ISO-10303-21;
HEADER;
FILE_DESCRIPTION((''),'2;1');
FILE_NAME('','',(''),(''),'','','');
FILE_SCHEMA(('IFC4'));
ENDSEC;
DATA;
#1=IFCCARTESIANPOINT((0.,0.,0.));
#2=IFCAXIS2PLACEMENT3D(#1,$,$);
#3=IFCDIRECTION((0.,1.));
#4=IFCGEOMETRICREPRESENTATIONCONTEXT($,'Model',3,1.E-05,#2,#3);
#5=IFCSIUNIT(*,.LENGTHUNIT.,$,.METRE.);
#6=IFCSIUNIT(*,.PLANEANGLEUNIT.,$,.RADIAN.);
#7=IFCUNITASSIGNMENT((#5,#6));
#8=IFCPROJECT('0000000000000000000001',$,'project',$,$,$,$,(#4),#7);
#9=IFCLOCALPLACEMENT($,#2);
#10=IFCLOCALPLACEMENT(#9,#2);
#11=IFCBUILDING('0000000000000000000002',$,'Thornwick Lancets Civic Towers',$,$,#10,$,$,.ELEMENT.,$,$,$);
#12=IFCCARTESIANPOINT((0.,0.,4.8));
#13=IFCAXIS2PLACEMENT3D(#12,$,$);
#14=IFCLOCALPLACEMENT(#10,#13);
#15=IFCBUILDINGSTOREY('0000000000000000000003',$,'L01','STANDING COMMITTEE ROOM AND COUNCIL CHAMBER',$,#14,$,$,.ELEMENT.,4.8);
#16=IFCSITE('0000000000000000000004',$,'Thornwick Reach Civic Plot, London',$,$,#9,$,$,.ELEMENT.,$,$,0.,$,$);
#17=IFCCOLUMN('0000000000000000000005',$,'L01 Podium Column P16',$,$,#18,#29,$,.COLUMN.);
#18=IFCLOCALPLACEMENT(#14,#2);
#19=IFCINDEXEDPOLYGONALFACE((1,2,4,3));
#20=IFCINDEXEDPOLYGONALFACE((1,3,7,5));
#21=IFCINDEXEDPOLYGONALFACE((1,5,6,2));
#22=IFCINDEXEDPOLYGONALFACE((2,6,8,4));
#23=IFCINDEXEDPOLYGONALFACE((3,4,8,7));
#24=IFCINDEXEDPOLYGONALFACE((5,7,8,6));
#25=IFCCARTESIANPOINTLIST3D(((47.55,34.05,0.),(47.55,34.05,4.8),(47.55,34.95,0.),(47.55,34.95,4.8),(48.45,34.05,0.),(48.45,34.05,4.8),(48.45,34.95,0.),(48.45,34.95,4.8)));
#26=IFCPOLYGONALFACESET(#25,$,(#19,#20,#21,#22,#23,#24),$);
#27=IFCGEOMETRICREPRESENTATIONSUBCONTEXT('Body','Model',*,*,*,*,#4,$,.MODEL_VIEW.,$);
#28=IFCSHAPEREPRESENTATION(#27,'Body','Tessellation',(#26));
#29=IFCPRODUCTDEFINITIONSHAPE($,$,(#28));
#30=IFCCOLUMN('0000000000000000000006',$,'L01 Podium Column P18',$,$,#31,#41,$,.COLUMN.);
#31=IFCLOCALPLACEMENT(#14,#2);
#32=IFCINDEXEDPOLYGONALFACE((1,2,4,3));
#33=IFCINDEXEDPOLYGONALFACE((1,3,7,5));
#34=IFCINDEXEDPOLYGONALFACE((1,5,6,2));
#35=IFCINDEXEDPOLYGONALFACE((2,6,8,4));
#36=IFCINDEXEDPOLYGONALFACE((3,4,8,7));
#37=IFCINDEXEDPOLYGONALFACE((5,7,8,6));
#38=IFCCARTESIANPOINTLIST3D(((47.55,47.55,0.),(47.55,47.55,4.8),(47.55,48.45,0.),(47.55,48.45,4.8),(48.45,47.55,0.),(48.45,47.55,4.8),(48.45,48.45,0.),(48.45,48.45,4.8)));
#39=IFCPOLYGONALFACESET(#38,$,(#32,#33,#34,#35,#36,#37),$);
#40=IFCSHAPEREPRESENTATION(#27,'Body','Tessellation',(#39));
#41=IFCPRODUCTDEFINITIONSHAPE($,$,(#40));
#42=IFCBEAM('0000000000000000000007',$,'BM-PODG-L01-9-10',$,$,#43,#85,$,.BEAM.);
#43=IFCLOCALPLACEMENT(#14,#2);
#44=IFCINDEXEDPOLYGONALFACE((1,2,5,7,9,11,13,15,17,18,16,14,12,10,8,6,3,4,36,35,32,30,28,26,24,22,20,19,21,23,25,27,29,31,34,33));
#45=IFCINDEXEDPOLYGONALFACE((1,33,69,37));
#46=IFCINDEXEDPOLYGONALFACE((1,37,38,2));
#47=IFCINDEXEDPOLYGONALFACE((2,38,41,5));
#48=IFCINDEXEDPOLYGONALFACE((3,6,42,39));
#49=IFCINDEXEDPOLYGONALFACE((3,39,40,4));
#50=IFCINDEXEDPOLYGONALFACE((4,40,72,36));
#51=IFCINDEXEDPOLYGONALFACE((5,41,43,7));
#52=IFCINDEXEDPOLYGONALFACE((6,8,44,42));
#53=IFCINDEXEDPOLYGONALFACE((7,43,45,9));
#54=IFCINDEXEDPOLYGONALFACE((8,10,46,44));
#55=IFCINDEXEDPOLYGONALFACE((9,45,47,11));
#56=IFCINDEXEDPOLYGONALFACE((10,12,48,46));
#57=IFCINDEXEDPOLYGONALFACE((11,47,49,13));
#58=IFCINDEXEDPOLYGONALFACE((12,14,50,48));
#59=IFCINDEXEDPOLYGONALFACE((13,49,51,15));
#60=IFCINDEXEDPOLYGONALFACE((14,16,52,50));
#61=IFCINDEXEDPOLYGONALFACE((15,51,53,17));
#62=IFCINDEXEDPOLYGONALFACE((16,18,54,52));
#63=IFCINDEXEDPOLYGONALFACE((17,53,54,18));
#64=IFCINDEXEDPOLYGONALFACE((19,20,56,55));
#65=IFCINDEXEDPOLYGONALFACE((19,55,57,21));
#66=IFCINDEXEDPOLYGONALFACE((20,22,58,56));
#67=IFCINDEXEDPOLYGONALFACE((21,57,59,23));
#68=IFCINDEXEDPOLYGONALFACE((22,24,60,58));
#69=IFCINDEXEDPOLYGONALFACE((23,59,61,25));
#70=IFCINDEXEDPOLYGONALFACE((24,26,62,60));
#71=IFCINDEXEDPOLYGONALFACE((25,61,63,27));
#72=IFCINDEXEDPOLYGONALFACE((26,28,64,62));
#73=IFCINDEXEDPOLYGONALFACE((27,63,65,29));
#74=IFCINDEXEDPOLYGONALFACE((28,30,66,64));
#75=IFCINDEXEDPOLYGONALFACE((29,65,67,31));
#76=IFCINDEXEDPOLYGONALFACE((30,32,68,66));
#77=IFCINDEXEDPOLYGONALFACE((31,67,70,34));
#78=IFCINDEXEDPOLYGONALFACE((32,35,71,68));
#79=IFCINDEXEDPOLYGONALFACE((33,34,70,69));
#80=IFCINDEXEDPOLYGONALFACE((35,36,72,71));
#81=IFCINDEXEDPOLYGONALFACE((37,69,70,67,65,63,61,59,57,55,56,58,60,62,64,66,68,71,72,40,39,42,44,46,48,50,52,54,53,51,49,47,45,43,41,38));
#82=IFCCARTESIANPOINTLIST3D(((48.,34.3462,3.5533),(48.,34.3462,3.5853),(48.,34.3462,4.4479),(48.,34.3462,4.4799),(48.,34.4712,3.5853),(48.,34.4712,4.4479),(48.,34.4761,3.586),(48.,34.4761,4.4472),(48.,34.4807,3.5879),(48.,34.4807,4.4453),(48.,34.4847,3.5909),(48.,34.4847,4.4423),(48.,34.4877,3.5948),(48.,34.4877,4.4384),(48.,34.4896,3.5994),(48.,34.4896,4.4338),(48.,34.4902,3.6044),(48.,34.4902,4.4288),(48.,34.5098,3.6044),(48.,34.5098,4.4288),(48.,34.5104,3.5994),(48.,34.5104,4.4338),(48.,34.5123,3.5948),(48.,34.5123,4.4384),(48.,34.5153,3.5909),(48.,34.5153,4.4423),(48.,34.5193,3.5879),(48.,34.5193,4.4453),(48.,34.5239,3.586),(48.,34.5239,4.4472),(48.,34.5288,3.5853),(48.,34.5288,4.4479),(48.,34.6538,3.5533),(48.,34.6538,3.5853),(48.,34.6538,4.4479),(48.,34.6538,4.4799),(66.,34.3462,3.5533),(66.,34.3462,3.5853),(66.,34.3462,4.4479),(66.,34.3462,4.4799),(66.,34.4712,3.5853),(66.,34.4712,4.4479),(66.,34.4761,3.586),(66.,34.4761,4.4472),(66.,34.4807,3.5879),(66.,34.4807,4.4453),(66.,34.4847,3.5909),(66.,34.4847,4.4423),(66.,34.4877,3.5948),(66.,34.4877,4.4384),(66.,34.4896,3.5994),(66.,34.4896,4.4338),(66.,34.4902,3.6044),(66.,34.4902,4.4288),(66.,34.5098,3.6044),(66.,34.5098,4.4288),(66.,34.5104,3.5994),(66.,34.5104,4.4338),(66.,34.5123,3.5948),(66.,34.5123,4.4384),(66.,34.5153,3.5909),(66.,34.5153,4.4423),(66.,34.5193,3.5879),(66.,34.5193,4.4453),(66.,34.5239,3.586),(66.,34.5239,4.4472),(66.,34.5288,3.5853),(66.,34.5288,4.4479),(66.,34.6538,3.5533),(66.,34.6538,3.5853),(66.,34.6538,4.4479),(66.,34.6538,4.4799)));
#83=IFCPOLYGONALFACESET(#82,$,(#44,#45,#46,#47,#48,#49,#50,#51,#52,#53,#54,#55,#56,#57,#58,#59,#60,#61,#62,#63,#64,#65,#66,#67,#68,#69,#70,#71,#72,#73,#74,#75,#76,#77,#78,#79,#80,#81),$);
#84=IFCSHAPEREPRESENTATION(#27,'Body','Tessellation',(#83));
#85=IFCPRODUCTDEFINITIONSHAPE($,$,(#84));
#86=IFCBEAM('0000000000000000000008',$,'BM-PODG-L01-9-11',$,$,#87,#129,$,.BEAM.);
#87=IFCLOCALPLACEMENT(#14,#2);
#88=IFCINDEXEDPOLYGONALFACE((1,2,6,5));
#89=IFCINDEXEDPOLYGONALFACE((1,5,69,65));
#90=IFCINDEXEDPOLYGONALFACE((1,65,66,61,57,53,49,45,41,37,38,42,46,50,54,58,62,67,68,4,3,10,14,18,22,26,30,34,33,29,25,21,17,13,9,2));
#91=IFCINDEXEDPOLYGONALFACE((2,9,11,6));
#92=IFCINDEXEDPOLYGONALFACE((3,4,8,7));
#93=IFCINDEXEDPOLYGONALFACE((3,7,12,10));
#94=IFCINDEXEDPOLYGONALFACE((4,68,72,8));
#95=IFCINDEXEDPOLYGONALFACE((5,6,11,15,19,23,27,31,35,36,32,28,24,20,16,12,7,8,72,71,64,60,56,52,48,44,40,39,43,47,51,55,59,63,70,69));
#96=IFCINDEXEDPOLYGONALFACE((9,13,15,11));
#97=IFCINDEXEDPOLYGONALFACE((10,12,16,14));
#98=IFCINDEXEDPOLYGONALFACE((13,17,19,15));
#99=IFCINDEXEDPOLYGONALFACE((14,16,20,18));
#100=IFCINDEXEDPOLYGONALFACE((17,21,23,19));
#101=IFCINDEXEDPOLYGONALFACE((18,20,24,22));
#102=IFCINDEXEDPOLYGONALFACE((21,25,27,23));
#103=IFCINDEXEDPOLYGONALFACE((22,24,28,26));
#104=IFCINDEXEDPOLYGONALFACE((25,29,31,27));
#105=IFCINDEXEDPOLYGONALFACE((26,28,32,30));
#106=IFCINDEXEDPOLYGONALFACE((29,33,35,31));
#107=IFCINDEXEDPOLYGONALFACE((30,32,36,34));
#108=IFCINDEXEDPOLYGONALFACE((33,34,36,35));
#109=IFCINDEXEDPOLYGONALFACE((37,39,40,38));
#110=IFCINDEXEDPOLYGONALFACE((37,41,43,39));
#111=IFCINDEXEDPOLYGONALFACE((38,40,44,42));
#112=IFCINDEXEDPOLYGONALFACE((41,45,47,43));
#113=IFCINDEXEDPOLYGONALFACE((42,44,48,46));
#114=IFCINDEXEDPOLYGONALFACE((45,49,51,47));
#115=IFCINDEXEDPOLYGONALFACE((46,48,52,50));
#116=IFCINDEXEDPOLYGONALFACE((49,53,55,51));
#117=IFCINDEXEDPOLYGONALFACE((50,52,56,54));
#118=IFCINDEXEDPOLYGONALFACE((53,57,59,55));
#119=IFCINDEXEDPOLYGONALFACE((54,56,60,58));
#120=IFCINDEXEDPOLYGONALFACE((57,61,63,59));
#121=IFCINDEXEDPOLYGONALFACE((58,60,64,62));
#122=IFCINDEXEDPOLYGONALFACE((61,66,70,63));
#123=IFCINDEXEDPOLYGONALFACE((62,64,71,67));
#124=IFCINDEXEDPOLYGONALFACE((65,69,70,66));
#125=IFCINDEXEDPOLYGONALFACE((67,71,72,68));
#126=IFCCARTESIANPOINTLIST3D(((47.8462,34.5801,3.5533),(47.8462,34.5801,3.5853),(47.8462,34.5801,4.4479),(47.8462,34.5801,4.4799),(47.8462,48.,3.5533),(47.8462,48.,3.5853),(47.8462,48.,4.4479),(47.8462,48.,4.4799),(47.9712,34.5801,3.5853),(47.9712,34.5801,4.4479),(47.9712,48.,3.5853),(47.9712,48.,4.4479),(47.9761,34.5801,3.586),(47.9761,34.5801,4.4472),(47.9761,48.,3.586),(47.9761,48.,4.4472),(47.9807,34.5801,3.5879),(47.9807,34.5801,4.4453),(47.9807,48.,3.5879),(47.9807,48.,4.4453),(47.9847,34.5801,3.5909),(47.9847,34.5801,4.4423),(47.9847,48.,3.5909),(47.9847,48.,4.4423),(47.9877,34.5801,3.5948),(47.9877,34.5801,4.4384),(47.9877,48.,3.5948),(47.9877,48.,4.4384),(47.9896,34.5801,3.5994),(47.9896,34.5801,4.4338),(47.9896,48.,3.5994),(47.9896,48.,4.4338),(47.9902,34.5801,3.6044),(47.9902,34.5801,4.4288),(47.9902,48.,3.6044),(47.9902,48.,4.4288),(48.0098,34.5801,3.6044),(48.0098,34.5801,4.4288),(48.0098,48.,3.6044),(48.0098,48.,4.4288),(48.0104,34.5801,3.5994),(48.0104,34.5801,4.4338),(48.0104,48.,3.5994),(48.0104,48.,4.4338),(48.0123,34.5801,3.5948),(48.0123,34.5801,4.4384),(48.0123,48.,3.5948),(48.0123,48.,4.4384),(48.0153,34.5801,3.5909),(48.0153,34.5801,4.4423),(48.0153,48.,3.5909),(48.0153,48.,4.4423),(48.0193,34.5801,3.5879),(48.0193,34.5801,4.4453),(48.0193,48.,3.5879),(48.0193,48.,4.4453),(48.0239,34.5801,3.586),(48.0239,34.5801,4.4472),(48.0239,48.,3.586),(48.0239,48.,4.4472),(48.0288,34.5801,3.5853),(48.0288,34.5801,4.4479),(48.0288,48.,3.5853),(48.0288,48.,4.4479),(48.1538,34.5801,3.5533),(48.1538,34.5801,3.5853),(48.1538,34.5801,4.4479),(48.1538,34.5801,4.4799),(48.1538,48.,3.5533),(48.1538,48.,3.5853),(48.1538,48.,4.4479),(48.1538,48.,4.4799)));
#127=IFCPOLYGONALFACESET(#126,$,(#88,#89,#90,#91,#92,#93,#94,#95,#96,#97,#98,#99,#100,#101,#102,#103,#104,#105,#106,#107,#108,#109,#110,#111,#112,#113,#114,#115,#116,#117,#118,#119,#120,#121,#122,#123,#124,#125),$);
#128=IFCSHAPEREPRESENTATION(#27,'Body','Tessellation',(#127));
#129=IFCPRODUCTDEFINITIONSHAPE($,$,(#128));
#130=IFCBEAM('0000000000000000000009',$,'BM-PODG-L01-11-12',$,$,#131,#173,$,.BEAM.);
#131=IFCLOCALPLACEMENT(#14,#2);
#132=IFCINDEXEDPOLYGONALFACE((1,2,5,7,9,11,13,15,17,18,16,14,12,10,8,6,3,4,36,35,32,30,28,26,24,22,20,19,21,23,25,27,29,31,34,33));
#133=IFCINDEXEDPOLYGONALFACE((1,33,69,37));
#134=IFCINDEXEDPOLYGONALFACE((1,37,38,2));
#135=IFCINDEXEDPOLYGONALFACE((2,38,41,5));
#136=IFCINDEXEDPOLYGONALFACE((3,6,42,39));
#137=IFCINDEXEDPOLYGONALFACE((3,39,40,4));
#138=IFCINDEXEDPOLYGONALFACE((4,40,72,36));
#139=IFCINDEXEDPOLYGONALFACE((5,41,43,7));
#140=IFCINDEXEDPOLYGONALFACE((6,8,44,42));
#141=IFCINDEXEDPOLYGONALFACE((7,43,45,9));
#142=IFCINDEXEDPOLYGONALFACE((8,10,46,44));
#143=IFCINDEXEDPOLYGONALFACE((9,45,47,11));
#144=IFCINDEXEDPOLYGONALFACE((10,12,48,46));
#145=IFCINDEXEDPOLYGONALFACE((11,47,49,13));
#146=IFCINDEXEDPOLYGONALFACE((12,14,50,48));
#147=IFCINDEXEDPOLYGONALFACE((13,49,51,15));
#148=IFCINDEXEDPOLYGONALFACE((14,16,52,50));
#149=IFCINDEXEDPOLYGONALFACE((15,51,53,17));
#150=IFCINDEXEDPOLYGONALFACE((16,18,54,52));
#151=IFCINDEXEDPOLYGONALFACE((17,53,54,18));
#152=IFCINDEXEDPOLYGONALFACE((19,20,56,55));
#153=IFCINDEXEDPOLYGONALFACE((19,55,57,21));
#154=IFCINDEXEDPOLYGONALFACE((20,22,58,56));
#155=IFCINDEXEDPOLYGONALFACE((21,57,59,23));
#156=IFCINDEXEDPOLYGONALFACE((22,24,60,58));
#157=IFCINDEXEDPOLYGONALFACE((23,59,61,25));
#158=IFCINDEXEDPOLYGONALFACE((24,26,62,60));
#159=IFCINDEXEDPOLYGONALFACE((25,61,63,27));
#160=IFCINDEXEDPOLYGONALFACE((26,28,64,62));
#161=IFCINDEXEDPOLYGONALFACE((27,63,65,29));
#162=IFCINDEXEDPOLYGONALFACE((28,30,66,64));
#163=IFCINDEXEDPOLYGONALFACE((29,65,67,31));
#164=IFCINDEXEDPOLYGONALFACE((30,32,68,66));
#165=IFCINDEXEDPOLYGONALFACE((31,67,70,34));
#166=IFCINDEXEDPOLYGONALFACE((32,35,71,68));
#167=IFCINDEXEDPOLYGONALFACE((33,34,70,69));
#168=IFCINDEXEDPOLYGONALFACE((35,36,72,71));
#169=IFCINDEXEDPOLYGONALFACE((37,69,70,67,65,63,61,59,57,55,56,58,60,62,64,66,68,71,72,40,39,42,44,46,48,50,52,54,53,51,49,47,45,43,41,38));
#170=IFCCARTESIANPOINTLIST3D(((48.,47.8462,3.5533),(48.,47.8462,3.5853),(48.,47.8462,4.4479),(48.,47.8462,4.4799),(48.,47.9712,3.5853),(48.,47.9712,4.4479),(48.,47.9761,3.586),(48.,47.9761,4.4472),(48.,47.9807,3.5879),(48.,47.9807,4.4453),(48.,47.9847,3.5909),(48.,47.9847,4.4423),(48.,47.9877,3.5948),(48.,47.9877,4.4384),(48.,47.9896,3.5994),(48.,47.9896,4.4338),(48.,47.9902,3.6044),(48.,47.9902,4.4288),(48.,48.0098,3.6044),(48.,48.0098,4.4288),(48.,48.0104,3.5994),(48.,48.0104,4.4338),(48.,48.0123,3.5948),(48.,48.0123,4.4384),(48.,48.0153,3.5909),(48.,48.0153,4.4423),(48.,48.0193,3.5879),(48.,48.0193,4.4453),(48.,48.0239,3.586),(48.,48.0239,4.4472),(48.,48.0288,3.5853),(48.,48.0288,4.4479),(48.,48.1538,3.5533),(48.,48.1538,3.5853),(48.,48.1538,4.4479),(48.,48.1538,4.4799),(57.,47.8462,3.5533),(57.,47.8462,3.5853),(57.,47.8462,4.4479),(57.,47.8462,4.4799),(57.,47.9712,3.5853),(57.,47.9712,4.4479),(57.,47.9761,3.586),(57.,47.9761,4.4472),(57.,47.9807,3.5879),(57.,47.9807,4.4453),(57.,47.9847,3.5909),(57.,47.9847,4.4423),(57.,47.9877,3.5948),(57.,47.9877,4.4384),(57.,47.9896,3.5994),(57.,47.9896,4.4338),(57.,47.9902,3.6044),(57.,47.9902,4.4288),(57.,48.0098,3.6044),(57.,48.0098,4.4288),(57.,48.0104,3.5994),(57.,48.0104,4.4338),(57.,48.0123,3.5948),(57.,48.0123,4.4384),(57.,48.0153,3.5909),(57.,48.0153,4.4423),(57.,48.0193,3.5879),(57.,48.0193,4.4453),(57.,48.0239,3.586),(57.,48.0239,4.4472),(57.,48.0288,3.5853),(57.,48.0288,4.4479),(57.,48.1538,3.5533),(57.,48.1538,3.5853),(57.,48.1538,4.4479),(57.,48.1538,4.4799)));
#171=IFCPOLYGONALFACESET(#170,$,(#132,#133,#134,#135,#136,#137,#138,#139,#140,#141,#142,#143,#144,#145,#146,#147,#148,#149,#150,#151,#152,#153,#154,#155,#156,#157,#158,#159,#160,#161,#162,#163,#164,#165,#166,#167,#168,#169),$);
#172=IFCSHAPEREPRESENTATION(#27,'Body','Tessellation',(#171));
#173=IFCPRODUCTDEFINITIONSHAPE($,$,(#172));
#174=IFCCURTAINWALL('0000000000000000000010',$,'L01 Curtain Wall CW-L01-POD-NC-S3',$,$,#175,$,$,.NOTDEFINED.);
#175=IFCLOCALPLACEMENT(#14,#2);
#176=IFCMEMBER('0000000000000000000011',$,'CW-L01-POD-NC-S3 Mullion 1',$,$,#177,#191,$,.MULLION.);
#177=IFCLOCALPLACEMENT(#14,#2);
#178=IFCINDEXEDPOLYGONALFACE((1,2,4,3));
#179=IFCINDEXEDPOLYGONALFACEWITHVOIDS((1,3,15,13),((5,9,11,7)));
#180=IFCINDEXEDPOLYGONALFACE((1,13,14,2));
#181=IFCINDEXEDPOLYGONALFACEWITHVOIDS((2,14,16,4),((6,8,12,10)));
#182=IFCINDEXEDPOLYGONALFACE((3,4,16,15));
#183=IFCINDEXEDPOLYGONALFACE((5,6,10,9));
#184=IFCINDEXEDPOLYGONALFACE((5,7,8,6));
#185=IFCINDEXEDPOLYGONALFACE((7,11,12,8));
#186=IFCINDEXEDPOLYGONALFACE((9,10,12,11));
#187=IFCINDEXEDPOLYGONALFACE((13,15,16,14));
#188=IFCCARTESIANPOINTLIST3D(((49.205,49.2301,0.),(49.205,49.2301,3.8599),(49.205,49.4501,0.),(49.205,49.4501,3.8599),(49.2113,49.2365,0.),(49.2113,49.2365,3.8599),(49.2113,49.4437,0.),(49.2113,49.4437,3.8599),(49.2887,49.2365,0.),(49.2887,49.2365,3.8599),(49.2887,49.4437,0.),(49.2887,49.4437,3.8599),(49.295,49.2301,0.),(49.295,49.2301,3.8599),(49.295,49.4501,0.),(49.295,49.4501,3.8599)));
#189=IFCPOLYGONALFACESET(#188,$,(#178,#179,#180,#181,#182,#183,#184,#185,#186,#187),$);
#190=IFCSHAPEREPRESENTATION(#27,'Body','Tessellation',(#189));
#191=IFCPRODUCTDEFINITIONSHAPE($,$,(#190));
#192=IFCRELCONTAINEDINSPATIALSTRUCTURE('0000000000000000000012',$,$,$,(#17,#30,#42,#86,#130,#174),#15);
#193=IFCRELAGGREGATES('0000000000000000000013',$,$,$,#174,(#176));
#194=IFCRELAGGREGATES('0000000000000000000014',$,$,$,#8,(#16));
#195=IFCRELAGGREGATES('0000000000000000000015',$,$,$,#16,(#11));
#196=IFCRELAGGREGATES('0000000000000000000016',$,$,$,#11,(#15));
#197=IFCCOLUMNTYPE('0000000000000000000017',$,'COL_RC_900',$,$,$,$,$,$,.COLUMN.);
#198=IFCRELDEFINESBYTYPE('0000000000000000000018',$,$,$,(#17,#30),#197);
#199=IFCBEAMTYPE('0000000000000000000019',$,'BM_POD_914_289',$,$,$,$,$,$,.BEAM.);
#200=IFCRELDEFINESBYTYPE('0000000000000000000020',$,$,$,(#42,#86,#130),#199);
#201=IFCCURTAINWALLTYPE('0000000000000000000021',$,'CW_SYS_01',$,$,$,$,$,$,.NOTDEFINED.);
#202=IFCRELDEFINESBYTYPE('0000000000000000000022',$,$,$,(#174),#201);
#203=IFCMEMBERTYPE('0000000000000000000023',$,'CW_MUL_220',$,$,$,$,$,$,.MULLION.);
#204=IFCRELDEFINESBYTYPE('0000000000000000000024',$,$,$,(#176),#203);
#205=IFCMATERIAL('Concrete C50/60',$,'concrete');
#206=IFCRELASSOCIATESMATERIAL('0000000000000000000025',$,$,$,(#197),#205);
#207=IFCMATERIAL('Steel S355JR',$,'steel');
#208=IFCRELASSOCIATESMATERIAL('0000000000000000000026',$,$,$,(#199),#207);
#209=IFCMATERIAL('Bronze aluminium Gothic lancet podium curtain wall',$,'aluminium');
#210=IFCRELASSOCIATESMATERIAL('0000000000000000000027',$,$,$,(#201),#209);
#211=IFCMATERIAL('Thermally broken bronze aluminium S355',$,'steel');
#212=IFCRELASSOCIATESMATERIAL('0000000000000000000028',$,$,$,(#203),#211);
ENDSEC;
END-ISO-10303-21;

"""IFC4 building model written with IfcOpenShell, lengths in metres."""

from ifc_helpers import new_model, si_unit, direction, frame, origin, origin_2d, place, context, subcontext, project, spatial, rectangle, hollow_rectangle, i_section, extrude, material, material_profile, profile_set, type_object, element, aggregate, save


model = new_model("IFC4")

# Units and contexts
model_context = context("Model", 3, precision=1e-05, world=origin(), true_north=direction((0.0, 1.0)))
body_context = subcontext(model_context, "Body", "Model", "MODEL_VIEW")
ifc_project = project(units=[si_unit("LENGTHUNIT", "METRE"), si_unit("PLANEANGLEUNIT", "RADIAN")], contexts=[model_context])

# Site, building, storey
site_placement = place(None, origin())
site = spatial("IfcSite", under=ifc_project, at=site_placement, Name="Thornwick Reach Civic Plot, London", CompositionType="ELEMENT", RefElevation=0.0)
building_placement = place(site_placement, origin())
building = spatial("IfcBuilding", under=site, at=building_placement, Name="Thornwick Lancets Civic Towers", CompositionType="ELEMENT")
storey_placement = place(building_placement, frame((0.0, 0.0, 4.8)))
storey = spatial("IfcBuildingStorey", under=building, at=storey_placement, Name="L01", Description="STANDING COMMITTEE ROOM AND COUNCIL CHAMBER", CompositionType="ELEMENT", Elevation=4.8)

# Columns
ifc_material_1 = material(Name="Concrete C50/60", Category="concrete")
ifc_material_profile_1 = material_profile(ifc_material_1, rectangle(XDim=0.8999, YDim=0.8999, at=origin_2d()), Name="RC 900x900")
ifc_profile_set_1 = profile_set([ifc_material_profile_1], Name="Concrete C50/60")
column_type = type_object("IfcColumnType", Name="COL_RC_900", PredefinedType="COLUMN", material=ifc_profile_set_1)
for number, where, z_axis, x_axis, name in (
    (1, (48.0, 34.5, 0.0), (0.0, 0.0, 1.0), (1.0, 0.0, 0.0), "L01 Podium Column P16"),
    (2, (48.0, 48.0, 0.0), (0.0, 0.0, 1.0), (1.0, 0.0, 0.0), "L01 Podium Column P18"),
):
    element("IfcColumn", number, at=place(storey_placement, frame(where, z_axis=z_axis, x_axis=x_axis)), inside=storey, type_object=column_type, Name=name, PredefinedType="COLUMN", context=body_context, shape_type="SweptSolid", body=[
        extrude(rectangle(XDim=0.8999, YDim=0.8999, at=origin_2d()), origin(), (0.0, 0.0, 1.0), 4.8),
    ])

# Beams
ifc_material_2 = material(Name="Steel S355JR", Category="steel")
ifc_material_profile_2 = material_profile(ifc_material_2, i_section(OverallWidth=0.3076, OverallDepth=0.9265, WebThickness=0.0195, FlangeThickness=0.032, FilletRadius=0.019, at=origin_2d()), Name="UKB 914x305x289")
ifc_profile_set_2 = profile_set([ifc_material_profile_2], Name="Steel S355JR")
beam_type = type_object("IfcBeamType", Name="BM_POD_914_289", PredefinedType="BEAM", material=ifc_profile_set_2)
beam_1_placement = place(storey_placement, frame((48.0, 34.5, 4.0166), z_axis=(1.0, 0.0, 0.0), x_axis=(0.0, 1.0, 0.0)))
element("IfcBeam", 3, at=beam_1_placement, inside=storey, type_object=beam_type, Name="BM-PODG-L01-9-10", PredefinedType="BEAM", context=body_context, shape_type="SweptSolid", body=[
    extrude(i_section(OverallWidth=0.3076, OverallDepth=0.9265, WebThickness=0.0195, FlangeThickness=0.032, FilletRadius=0.019, at=origin_2d()), origin(), (0.0, 0.0, 1.0), 18.0),
])
beam_2_placement = place(storey_placement, frame((48.0, 34.5801, 4.0166), z_axis=(0.0, 1.0, 0.0), x_axis=(-1.0, 0.0, 0.0)))
element("IfcBeam", 4, at=beam_2_placement, inside=storey, type_object=beam_type, Name="BM-PODG-L01-9-11", PredefinedType="BEAM", context=body_context, shape_type="SweptSolid", body=[
    extrude(i_section(OverallWidth=0.3076, OverallDepth=0.9265, WebThickness=0.0195, FlangeThickness=0.032, FilletRadius=0.019, at=origin_2d()), origin(), (0.0, 0.0, 1.0), 13.4199),
])
beam_3_placement = place(storey_placement, frame((48.0, 48.0, 4.0166), z_axis=(1.0, 0.0, 0.0), x_axis=(0.0, 1.0, 0.0)))
element("IfcBeam", 5, at=beam_3_placement, inside=storey, type_object=beam_type, Name="BM-PODG-L01-11-12", PredefinedType="BEAM", context=body_context, shape_type="SweptSolid", body=[
    extrude(i_section(OverallWidth=0.3076, OverallDepth=0.9265, WebThickness=0.0195, FlangeThickness=0.032, FilletRadius=0.019, at=origin_2d()), origin(), (0.0, 0.0, 1.0), 9.0),
])

# Curtain wall, member
ifc_material_3 = material(Name="Bronze aluminium Gothic lancet podium curtain wall", Category="aluminium")
curtain_wall_type = type_object("IfcCurtainWallType", Name="CW_SYS_01", PredefinedType="NOTDEFINED", material=ifc_material_3)
curtain_wall_1_placement = place(storey_placement, origin())
curtain_wall_1 = element("IfcCurtainWall", 6, at=curtain_wall_1_placement, inside=storey, type_object=curtain_wall_type, Name="L01 Curtain Wall CW-L01-POD-NC-S3", PredefinedType="NOTDEFINED")
ifc_material_4 = material(Name="Thermally broken bronze aluminium S355", Category="steel")
ifc_material_profile_3 = material_profile(ifc_material_4, hollow_rectangle(XDim=0.0901, YDim=0.22, WallThickness=0.0063, at=origin_2d()), Name="RHS 220x90x6.3")
ifc_profile_set_3 = profile_set([ifc_material_profile_3], Name="Thermally broken bronze aluminium S355")
member_type_1 = type_object("IfcMemberType", Name="CW_MUL_220", PredefinedType="MULLION", material=ifc_profile_set_3)
member_1_placement = place(storey_placement, frame((49.25, 49.3401, 0.0), z_axis=(0.0, 0.0, 1.0), x_axis=(1.0, 0.0, 0.0)))
member_1 = element("IfcMember", 7, at=member_1_placement, type_object=member_type_1, Name="CW-L01-POD-NC-S3 Mullion 1", PredefinedType="MULLION", context=body_context, shape_type="SweptSolid", body=[
    extrude(hollow_rectangle(XDim=0.0901, YDim=0.22, WallThickness=0.0063, at=origin_2d()), origin(), (0.0, 0.0, 1.0), 3.8599),
])

aggregate(curtain_wall_1, [member_1])

save(model, "model.ifc")
